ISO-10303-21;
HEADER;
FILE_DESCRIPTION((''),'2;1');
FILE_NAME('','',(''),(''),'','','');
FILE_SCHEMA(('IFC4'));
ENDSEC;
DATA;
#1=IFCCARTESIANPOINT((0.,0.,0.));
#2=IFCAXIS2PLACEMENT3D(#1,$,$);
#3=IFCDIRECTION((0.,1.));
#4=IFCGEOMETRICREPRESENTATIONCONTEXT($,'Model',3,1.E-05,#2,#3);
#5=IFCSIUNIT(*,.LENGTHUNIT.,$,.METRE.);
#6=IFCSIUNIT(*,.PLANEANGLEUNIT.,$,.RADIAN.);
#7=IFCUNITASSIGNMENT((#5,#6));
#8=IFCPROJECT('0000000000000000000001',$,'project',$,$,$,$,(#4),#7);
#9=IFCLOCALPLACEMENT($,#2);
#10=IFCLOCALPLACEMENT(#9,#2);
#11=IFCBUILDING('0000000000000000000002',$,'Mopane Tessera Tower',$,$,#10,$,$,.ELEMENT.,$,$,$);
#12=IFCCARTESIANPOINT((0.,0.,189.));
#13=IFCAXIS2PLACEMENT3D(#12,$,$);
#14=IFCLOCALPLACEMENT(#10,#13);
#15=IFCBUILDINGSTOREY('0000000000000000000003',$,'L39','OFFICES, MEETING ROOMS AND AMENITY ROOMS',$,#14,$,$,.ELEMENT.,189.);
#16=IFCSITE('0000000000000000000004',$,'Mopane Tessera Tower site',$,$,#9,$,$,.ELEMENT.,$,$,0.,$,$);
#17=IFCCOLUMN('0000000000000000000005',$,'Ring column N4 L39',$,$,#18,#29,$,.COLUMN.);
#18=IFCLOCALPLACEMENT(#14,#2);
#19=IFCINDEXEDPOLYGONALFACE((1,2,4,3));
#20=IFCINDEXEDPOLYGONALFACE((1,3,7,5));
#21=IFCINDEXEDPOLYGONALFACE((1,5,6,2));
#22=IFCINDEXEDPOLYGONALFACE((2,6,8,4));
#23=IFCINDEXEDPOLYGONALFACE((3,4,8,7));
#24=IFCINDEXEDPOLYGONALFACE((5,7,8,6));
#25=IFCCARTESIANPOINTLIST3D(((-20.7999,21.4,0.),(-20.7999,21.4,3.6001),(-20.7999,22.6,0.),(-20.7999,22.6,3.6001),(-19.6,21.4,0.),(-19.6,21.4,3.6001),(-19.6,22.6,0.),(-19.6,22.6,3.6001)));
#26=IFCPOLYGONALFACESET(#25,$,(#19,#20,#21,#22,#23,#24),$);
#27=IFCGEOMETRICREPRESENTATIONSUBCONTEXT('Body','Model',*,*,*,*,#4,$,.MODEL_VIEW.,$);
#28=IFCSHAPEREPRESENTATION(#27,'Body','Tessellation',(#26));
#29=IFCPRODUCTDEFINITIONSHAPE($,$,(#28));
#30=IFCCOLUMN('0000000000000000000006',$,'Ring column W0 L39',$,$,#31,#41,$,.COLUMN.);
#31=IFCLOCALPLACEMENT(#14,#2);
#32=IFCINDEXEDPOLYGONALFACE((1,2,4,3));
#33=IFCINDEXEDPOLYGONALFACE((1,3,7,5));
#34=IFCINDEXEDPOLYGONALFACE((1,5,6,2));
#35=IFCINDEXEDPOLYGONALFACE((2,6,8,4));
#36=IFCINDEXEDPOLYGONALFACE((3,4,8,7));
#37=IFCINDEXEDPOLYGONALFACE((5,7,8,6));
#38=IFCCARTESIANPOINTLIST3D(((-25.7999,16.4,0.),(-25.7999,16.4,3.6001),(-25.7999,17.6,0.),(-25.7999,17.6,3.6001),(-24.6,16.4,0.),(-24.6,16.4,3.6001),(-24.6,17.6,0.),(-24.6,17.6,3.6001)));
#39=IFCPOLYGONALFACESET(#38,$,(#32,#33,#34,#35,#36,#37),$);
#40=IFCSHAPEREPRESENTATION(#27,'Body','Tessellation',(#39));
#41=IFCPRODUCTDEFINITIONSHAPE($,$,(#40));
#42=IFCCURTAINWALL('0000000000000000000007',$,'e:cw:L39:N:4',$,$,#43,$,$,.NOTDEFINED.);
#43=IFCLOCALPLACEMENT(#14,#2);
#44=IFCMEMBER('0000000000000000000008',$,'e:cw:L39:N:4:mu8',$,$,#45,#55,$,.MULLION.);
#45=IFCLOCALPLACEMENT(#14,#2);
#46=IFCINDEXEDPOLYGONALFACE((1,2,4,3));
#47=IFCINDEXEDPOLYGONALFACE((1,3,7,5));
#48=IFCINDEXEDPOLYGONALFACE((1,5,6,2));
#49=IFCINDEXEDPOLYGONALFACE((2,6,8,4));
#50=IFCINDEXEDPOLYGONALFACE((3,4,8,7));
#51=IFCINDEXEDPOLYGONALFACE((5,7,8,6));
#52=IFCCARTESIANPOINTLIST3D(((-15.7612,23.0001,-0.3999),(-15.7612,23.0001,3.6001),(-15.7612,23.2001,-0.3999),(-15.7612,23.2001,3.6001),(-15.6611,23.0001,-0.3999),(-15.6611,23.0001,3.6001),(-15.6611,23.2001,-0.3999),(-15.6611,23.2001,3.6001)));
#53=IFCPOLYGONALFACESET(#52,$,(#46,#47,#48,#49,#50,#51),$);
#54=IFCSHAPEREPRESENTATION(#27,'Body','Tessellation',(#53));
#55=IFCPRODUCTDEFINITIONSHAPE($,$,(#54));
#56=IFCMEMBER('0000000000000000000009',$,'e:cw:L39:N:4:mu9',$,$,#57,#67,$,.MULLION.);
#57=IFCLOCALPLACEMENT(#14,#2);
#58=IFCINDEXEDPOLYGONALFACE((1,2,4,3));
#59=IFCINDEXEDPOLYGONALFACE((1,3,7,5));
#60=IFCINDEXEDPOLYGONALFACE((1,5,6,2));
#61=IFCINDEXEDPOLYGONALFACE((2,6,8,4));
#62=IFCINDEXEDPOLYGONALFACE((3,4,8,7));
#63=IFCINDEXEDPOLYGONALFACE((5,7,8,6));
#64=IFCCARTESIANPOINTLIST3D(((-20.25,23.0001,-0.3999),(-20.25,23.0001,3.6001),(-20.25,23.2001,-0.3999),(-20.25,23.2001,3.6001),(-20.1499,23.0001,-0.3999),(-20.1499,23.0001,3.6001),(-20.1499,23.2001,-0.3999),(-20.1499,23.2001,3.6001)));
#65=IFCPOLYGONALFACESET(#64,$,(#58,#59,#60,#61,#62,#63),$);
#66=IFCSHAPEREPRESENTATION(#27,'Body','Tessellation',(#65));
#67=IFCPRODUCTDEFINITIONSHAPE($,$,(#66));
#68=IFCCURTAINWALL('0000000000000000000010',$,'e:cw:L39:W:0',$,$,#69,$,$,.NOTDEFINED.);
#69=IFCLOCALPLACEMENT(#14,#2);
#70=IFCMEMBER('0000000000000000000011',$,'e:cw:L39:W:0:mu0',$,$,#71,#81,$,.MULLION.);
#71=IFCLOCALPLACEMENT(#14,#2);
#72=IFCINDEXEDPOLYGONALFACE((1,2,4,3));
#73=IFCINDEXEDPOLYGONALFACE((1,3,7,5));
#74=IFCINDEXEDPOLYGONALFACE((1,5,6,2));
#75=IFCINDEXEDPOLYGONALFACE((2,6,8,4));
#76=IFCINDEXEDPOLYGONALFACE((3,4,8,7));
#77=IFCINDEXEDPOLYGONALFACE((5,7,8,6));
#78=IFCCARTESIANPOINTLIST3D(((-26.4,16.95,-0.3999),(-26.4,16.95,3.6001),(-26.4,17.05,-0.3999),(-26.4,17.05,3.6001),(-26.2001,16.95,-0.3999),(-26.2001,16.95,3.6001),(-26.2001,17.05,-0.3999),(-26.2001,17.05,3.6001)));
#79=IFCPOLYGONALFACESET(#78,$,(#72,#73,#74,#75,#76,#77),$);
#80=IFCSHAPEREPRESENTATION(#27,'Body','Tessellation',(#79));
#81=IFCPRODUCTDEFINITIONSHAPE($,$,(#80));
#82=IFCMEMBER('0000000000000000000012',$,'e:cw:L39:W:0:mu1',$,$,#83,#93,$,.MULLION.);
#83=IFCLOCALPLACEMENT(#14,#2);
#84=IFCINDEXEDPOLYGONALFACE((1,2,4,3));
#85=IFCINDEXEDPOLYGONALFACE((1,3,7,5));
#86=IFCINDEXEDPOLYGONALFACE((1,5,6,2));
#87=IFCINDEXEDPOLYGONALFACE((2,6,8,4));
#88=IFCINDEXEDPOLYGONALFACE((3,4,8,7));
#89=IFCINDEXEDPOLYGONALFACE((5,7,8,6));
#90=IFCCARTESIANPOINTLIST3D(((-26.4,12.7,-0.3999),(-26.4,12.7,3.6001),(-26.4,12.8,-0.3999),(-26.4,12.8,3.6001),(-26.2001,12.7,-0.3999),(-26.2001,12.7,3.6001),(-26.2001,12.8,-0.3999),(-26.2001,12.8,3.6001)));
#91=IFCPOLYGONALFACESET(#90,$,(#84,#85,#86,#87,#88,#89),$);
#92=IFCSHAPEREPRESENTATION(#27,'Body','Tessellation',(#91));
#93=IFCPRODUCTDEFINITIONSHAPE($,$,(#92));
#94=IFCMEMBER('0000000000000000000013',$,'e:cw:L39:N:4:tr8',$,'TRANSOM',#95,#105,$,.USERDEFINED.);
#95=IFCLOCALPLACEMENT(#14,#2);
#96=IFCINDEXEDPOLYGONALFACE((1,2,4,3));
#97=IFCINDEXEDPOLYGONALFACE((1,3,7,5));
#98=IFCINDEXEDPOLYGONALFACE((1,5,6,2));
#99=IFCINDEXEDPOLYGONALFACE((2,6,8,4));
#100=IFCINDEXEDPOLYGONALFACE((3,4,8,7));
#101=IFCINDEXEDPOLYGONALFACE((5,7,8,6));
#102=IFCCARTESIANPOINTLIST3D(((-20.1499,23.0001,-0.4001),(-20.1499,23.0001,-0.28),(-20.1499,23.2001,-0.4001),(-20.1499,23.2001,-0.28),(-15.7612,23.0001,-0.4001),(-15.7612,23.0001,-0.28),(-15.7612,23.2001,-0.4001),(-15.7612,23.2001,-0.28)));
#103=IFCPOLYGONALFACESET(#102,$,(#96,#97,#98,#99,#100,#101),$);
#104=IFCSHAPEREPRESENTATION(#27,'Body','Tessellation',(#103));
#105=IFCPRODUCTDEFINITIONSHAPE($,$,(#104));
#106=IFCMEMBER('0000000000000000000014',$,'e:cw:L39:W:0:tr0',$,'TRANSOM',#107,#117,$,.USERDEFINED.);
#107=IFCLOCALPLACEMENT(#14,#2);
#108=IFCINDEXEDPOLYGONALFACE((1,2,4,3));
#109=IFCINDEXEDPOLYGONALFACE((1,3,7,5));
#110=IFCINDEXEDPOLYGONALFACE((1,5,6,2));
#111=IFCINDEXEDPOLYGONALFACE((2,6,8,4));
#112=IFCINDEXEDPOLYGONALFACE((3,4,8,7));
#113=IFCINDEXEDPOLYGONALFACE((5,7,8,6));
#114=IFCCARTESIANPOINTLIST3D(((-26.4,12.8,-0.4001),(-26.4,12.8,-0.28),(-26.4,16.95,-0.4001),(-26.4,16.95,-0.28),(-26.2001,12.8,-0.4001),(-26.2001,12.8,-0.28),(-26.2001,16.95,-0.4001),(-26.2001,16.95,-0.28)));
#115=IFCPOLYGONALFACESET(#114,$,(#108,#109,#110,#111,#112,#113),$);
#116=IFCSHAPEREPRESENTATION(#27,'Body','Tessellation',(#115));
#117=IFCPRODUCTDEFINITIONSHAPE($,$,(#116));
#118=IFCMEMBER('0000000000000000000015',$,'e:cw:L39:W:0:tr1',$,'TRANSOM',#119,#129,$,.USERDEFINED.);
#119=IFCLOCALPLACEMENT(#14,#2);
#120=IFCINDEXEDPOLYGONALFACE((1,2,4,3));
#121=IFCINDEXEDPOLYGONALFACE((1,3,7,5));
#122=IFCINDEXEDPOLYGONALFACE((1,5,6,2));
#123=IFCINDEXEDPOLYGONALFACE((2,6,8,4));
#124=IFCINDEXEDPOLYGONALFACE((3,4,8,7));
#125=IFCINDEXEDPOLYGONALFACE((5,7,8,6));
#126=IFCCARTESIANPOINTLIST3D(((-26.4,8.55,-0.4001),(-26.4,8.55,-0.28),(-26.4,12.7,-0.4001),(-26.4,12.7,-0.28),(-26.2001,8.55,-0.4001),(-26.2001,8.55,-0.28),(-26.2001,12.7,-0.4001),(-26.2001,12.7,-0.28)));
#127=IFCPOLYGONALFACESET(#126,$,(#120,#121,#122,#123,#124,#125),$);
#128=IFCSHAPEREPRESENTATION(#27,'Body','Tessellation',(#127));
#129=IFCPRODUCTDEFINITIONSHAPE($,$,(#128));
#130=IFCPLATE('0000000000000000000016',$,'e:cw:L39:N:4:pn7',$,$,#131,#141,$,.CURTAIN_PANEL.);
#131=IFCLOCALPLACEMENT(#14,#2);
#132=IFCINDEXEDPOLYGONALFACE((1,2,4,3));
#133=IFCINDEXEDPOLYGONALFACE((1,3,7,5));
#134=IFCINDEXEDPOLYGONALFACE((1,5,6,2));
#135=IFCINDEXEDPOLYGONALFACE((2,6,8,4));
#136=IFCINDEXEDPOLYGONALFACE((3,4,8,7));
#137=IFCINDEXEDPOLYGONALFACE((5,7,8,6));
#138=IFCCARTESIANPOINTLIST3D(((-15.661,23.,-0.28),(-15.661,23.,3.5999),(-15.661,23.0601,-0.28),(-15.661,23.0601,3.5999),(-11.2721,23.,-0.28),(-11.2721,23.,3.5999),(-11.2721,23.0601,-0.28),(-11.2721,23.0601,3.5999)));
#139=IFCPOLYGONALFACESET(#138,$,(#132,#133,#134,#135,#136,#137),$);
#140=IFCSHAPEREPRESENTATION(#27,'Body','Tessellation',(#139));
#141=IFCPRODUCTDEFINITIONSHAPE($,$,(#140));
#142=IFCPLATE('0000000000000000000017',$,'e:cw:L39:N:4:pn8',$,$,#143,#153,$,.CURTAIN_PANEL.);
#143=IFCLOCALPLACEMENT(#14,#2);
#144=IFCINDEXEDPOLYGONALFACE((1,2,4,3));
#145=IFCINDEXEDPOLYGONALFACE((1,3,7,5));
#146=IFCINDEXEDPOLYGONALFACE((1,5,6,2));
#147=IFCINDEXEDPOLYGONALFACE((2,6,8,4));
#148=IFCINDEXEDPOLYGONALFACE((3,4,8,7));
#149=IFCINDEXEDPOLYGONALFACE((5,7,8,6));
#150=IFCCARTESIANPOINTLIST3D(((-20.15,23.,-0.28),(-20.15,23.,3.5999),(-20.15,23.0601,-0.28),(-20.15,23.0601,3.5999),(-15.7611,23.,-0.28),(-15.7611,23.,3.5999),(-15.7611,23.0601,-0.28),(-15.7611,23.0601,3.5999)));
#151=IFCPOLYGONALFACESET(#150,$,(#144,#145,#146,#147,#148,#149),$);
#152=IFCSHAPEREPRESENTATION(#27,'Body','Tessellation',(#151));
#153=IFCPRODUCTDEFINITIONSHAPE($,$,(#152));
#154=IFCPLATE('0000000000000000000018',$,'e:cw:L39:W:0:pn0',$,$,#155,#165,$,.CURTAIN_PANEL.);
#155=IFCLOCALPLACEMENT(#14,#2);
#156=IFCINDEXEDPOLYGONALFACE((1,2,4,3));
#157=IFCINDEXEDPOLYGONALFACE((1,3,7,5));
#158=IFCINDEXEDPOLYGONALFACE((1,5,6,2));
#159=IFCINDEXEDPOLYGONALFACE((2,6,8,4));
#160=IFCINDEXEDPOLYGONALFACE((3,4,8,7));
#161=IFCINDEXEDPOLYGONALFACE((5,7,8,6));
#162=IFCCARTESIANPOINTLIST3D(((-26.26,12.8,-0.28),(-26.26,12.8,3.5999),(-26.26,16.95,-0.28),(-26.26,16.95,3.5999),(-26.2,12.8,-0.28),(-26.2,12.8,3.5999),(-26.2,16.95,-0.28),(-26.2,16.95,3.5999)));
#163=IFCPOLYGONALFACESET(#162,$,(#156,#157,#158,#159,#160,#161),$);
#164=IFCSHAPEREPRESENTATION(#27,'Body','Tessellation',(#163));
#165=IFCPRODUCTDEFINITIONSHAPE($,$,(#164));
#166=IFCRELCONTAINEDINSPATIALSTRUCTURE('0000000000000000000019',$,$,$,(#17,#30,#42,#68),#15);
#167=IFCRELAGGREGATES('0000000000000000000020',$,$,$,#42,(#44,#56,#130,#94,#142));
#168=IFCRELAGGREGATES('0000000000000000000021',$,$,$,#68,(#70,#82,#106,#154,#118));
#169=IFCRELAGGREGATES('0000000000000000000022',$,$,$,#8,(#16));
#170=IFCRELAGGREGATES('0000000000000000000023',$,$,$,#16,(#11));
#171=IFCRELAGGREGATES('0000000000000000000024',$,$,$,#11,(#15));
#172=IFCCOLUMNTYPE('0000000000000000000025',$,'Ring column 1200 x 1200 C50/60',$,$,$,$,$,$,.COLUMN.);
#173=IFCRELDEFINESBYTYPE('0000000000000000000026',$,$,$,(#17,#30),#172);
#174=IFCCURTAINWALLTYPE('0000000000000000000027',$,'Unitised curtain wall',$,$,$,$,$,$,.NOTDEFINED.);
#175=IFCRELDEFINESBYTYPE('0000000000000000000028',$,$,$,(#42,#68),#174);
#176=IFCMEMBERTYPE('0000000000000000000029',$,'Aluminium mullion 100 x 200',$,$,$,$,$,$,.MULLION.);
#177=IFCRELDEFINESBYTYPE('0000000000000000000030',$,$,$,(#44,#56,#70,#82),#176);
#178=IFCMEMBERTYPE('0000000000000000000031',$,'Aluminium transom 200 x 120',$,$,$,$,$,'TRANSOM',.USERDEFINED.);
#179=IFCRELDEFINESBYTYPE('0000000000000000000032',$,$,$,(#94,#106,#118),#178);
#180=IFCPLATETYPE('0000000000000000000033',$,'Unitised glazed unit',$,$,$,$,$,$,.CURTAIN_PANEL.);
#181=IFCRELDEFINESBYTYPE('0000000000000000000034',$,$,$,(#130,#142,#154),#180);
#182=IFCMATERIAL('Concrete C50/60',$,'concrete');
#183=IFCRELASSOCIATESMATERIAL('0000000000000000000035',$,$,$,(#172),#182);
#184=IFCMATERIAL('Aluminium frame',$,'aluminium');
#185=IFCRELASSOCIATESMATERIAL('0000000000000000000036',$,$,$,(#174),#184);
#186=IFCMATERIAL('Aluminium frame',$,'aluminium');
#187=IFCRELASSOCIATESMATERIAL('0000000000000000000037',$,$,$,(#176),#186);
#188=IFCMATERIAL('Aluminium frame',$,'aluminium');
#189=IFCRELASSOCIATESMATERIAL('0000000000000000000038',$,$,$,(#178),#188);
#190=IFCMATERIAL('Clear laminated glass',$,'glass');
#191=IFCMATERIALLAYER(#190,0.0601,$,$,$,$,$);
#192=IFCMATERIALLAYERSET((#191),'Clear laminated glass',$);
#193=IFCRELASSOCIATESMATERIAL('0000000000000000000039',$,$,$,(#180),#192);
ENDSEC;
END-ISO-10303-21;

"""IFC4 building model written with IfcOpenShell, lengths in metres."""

from ifc_helpers import new_model, si_unit, direction, frame, origin, origin_2d, place, context, subcontext, project, spatial, rectangle, extrude, material, layer, layer_set, material_profile, profile_set, type_object, element, aggregate, save


model = new_model("IFC4")

# Units and contexts
model_context = context("Model", 3, precision=1e-05, world=origin(), true_north=direction((0.0, 1.0)))
body_context = subcontext(model_context, "Body", "Model", "MODEL_VIEW")
ifc_project = project(units=[si_unit("LENGTHUNIT", "METRE"), si_unit("PLANEANGLEUNIT", "RADIAN")], contexts=[model_context])

# Site, building, storey
site_placement = place(None, origin())
site = spatial("IfcSite", under=ifc_project, at=site_placement, Name="Mopane Tessera Tower site", CompositionType="ELEMENT", RefElevation=0.0)
building_placement = place(site_placement, origin())
building = spatial("IfcBuilding", under=site, at=building_placement, Name="Mopane Tessera Tower", CompositionType="ELEMENT")
storey_placement = place(building_placement, frame((0.0, 0.0, 189.0)))
storey = spatial("IfcBuildingStorey", under=building, at=storey_placement, Name="L39", Description="OFFICES, MEETING ROOMS AND AMENITY ROOMS", CompositionType="ELEMENT", Elevation=189.0)

# Columns
ifc_material_1 = material(Name="Concrete C50/60", Category="concrete")
ifc_material_profile_1 = material_profile(ifc_material_1, rectangle(XDim=1.2, YDim=1.2, at=origin_2d()))
ifc_profile_set_1 = profile_set([ifc_material_profile_1], Name="Concrete C50/60")
column_type = type_object("IfcColumnType", Name="Ring column 1200 x 1200 C50/60", PredefinedType="COLUMN", material=ifc_profile_set_1)
for number, where, z_axis, x_axis, name in (
    (1, (-20.2, 22.0, 0.0), (0.0, 0.0, 1.0), (1.0, 0.0, 0.0), "Ring column N4 L39"),
    (2, (-25.2, 17.0, 0.0), (0.0, 0.0, 1.0), (1.0, 0.0, 0.0), "Ring column W0 L39"),
):
    element("IfcColumn", number, at=place(storey_placement, frame(where, z_axis=z_axis, x_axis=x_axis)), inside=storey, type_object=column_type, Name=name, PredefinedType="COLUMN", context=body_context, shape_type="SweptSolid", body=[
        extrude(rectangle(XDim=1.2, YDim=1.2, at=origin_2d()), origin(), (0.0, 0.0, 1.0), 3.6001),
    ])

# Curtain walls, members
ifc_material_2 = material(Name="Aluminium frame", Category="aluminium")
curtain_wall_type = type_object("IfcCurtainWallType", Name="Unitised curtain wall", PredefinedType="NOTDEFINED", material=ifc_material_2)
curtain_wall_1_placement = place(storey_placement, origin())
curtain_wall_1 = element("IfcCurtainWall", 3, at=curtain_wall_1_placement, inside=storey, type_object=curtain_wall_type, Name="e:cw:L39:N:4", PredefinedType="NOTDEFINED")
ifc_material_3 = material(Name="Aluminium frame", Category="aluminium")
ifc_material_profile_2 = material_profile(ifc_material_3, rectangle(XDim=0.1001, YDim=0.2, at=origin_2d()))
ifc_profile_set_2 = profile_set([ifc_material_profile_2], Name="Aluminium frame")
member_type_1 = type_object("IfcMemberType", Name="Aluminium mullion 100 x 200", PredefinedType="MULLION", material=ifc_profile_set_2)
member_1_placement = place(storey_placement, frame((-15.7112, 23.1001, -0.3999), z_axis=(0.0, 0.0, 1.0), x_axis=(-1.0, 0.0, 0.0)))
member_1 = element("IfcMember", 4, at=member_1_placement, type_object=member_type_1, Name="e:cw:L39:N:4:mu8", PredefinedType="MULLION", context=body_context, shape_type="SweptSolid", body=[
    extrude(rectangle(XDim=0.1001, YDim=0.2, at=origin_2d()), origin(), (0.0, 0.0, 1.0), 4.0),
])
member_2_placement = place(storey_placement, frame((-20.2, 23.1001, -0.3999), z_axis=(0.0, 0.0, 1.0), x_axis=(-1.0, 0.0, 0.0)))
member_2 = element("IfcMember", 5, at=member_2_placement, type_object=member_type_1, Name="e:cw:L39:N:4:mu9", PredefinedType="MULLION", context=body_context, shape_type="SweptSolid", body=[
    extrude(rectangle(XDim=0.1001, YDim=0.2, at=origin_2d()), origin(), (0.0, 0.0, 1.0), 4.0),
])
curtain_wall_2_placement = place(storey_placement, origin())
curtain_wall_2 = element("IfcCurtainWall", 6, at=curtain_wall_2_placement, inside=storey, type_object=curtain_wall_type, Name="e:cw:L39:W:0", PredefinedType="NOTDEFINED")
member_3_placement = place(storey_placement, frame((-26.3, 17.0, -0.3999), z_axis=(0.0, 0.0, 1.0), x_axis=(0.0, -1.0, 0.0)))
member_3 = element("IfcMember", 7, at=member_3_placement, type_object=member_type_1, Name="e:cw:L39:W:0:mu0", PredefinedType="MULLION", context=body_context, shape_type="SweptSolid", body=[
    extrude(rectangle(XDim=0.1001, YDim=0.2, at=origin_2d()), origin(), (0.0, 0.0, 1.0), 4.0),
])
member_4_placement = place(storey_placement, frame((-26.3, 12.75, -0.3999), z_axis=(0.0, 0.0, 1.0), x_axis=(0.0, -1.0, 0.0)))
member_4 = element("IfcMember", 8, at=member_4_placement, type_object=member_type_1, Name="e:cw:L39:W:0:mu1", PredefinedType="MULLION", context=body_context, shape_type="SweptSolid", body=[
    extrude(rectangle(XDim=0.1001, YDim=0.2, at=origin_2d()), origin(), (0.0, 0.0, 1.0), 4.0),
])

# Members
ifc_material_4 = material(Name="Aluminium frame", Category="aluminium")
ifc_material_profile_3 = material_profile(ifc_material_4, rectangle(XDim=0.2, YDim=0.1201, at=origin_2d()))
ifc_profile_set_3 = profile_set([ifc_material_profile_3], Name="Aluminium frame")
member_type_2 = type_object("IfcMemberType", Name="Aluminium transom 200 x 120", ElementType="TRANSOM", PredefinedType="USERDEFINED", material=ifc_profile_set_3)
member_5_placement = place(storey_placement, frame((-15.7612, 23.1001, -0.3401), z_axis=(-1.0, 0.0, 0.0), x_axis=(0.0, -1.0, 0.0)))
member_5 = element("IfcMember", 9, at=member_5_placement, type_object=member_type_2, Name="e:cw:L39:N:4:tr8", ObjectType="TRANSOM", PredefinedType="USERDEFINED", context=body_context, shape_type="SweptSolid", body=[
    extrude(rectangle(XDim=0.2, YDim=0.1201, at=origin_2d()), origin(), (0.0, 0.0, 1.0), 4.3887),
])
member_6_placement = place(storey_placement, frame((-26.3, 16.95, -0.3401), z_axis=(0.0, -1.0, 0.0), x_axis=(1.0, 0.0, 0.0)))
member_6 = element("IfcMember", 10, at=member_6_placement, type_object=member_type_2, Name="e:cw:L39:W:0:tr0", ObjectType="TRANSOM", PredefinedType="USERDEFINED", context=body_context, shape_type="SweptSolid", body=[
    extrude(rectangle(XDim=0.2, YDim=0.1201, at=origin_2d()), origin(), (0.0, 0.0, 1.0), 4.1499),
])
member_7_placement = place(storey_placement, frame((-26.3, 12.7, -0.3401), z_axis=(0.0, -1.0, 0.0), x_axis=(1.0, 0.0, 0.0)))
member_7 = element("IfcMember", 11, at=member_7_placement, type_object=member_type_2, Name="e:cw:L39:W:0:tr1", ObjectType="TRANSOM", PredefinedType="USERDEFINED", context=body_context, shape_type="SweptSolid", body=[
    extrude(rectangle(XDim=0.2, YDim=0.1201, at=origin_2d()), origin(), (0.0, 0.0, 1.0), 4.1499),
])

# Plates
ifc_material_5 = material(Name="Clear laminated glass", Category="glass")
ifc_layer_1 = layer(ifc_material_5, 0.0601)
ifc_layer_set_1 = layer_set([ifc_layer_1], Name="Clear laminated glass")
plate_type = type_object("IfcPlateType", Name="Unitised glazed unit", PredefinedType="CURTAIN_PANEL", material=ifc_layer_set_1)
plate_1_placement = place(storey_placement, frame((-13.4666, 23.03, -0.28), z_axis=(0.0, 0.0, 1.0), x_axis=(-1.0, 0.0, 0.0)))
plate_1 = element("IfcPlate", 12, at=plate_1_placement, type_object=plate_type, Name="e:cw:L39:N:4:pn7", PredefinedType="CURTAIN_PANEL", context=body_context, shape_type="SweptSolid", body=[
    extrude(rectangle(XDim=4.3889, YDim=0.0601, at=origin_2d()), origin(), (0.0, 0.0, 1.0), 3.8799),
])
plate_2_placement = place(storey_placement, frame((-17.9556, 23.03, -0.28), z_axis=(0.0, 0.0, 1.0), x_axis=(-1.0, 0.0, 0.0)))
plate_2 = element("IfcPlate", 13, at=plate_2_placement, type_object=plate_type, Name="e:cw:L39:N:4:pn8", PredefinedType="CURTAIN_PANEL", context=body_context, shape_type="SweptSolid", body=[
    extrude(rectangle(XDim=4.3889, YDim=0.0601, at=origin_2d()), origin(), (0.0, 0.0, 1.0), 3.8799),
])
aggregate(curtain_wall_1, [member_1, member_2, plate_1, member_5, plate_2])
plate_3_placement = place(storey_placement, frame((-26.23, 14.875, -0.28), z_axis=(0.0, 0.0, 1.0), x_axis=(0.0, -1.0, 0.0)))
plate_3 = element("IfcPlate", 14, at=plate_3_placement, type_object=plate_type, Name="e:cw:L39:W:0:pn0", PredefinedType="CURTAIN_PANEL", context=body_context, shape_type="SweptSolid", body=[
    extrude(rectangle(XDim=4.1499, YDim=0.0601, at=origin_2d()), origin(), (0.0, 0.0, 1.0), 3.8799),
])
aggregate(curtain_wall_2, [member_3, member_4, member_6, plate_3, member_7])

save(model, "model.ifc")
